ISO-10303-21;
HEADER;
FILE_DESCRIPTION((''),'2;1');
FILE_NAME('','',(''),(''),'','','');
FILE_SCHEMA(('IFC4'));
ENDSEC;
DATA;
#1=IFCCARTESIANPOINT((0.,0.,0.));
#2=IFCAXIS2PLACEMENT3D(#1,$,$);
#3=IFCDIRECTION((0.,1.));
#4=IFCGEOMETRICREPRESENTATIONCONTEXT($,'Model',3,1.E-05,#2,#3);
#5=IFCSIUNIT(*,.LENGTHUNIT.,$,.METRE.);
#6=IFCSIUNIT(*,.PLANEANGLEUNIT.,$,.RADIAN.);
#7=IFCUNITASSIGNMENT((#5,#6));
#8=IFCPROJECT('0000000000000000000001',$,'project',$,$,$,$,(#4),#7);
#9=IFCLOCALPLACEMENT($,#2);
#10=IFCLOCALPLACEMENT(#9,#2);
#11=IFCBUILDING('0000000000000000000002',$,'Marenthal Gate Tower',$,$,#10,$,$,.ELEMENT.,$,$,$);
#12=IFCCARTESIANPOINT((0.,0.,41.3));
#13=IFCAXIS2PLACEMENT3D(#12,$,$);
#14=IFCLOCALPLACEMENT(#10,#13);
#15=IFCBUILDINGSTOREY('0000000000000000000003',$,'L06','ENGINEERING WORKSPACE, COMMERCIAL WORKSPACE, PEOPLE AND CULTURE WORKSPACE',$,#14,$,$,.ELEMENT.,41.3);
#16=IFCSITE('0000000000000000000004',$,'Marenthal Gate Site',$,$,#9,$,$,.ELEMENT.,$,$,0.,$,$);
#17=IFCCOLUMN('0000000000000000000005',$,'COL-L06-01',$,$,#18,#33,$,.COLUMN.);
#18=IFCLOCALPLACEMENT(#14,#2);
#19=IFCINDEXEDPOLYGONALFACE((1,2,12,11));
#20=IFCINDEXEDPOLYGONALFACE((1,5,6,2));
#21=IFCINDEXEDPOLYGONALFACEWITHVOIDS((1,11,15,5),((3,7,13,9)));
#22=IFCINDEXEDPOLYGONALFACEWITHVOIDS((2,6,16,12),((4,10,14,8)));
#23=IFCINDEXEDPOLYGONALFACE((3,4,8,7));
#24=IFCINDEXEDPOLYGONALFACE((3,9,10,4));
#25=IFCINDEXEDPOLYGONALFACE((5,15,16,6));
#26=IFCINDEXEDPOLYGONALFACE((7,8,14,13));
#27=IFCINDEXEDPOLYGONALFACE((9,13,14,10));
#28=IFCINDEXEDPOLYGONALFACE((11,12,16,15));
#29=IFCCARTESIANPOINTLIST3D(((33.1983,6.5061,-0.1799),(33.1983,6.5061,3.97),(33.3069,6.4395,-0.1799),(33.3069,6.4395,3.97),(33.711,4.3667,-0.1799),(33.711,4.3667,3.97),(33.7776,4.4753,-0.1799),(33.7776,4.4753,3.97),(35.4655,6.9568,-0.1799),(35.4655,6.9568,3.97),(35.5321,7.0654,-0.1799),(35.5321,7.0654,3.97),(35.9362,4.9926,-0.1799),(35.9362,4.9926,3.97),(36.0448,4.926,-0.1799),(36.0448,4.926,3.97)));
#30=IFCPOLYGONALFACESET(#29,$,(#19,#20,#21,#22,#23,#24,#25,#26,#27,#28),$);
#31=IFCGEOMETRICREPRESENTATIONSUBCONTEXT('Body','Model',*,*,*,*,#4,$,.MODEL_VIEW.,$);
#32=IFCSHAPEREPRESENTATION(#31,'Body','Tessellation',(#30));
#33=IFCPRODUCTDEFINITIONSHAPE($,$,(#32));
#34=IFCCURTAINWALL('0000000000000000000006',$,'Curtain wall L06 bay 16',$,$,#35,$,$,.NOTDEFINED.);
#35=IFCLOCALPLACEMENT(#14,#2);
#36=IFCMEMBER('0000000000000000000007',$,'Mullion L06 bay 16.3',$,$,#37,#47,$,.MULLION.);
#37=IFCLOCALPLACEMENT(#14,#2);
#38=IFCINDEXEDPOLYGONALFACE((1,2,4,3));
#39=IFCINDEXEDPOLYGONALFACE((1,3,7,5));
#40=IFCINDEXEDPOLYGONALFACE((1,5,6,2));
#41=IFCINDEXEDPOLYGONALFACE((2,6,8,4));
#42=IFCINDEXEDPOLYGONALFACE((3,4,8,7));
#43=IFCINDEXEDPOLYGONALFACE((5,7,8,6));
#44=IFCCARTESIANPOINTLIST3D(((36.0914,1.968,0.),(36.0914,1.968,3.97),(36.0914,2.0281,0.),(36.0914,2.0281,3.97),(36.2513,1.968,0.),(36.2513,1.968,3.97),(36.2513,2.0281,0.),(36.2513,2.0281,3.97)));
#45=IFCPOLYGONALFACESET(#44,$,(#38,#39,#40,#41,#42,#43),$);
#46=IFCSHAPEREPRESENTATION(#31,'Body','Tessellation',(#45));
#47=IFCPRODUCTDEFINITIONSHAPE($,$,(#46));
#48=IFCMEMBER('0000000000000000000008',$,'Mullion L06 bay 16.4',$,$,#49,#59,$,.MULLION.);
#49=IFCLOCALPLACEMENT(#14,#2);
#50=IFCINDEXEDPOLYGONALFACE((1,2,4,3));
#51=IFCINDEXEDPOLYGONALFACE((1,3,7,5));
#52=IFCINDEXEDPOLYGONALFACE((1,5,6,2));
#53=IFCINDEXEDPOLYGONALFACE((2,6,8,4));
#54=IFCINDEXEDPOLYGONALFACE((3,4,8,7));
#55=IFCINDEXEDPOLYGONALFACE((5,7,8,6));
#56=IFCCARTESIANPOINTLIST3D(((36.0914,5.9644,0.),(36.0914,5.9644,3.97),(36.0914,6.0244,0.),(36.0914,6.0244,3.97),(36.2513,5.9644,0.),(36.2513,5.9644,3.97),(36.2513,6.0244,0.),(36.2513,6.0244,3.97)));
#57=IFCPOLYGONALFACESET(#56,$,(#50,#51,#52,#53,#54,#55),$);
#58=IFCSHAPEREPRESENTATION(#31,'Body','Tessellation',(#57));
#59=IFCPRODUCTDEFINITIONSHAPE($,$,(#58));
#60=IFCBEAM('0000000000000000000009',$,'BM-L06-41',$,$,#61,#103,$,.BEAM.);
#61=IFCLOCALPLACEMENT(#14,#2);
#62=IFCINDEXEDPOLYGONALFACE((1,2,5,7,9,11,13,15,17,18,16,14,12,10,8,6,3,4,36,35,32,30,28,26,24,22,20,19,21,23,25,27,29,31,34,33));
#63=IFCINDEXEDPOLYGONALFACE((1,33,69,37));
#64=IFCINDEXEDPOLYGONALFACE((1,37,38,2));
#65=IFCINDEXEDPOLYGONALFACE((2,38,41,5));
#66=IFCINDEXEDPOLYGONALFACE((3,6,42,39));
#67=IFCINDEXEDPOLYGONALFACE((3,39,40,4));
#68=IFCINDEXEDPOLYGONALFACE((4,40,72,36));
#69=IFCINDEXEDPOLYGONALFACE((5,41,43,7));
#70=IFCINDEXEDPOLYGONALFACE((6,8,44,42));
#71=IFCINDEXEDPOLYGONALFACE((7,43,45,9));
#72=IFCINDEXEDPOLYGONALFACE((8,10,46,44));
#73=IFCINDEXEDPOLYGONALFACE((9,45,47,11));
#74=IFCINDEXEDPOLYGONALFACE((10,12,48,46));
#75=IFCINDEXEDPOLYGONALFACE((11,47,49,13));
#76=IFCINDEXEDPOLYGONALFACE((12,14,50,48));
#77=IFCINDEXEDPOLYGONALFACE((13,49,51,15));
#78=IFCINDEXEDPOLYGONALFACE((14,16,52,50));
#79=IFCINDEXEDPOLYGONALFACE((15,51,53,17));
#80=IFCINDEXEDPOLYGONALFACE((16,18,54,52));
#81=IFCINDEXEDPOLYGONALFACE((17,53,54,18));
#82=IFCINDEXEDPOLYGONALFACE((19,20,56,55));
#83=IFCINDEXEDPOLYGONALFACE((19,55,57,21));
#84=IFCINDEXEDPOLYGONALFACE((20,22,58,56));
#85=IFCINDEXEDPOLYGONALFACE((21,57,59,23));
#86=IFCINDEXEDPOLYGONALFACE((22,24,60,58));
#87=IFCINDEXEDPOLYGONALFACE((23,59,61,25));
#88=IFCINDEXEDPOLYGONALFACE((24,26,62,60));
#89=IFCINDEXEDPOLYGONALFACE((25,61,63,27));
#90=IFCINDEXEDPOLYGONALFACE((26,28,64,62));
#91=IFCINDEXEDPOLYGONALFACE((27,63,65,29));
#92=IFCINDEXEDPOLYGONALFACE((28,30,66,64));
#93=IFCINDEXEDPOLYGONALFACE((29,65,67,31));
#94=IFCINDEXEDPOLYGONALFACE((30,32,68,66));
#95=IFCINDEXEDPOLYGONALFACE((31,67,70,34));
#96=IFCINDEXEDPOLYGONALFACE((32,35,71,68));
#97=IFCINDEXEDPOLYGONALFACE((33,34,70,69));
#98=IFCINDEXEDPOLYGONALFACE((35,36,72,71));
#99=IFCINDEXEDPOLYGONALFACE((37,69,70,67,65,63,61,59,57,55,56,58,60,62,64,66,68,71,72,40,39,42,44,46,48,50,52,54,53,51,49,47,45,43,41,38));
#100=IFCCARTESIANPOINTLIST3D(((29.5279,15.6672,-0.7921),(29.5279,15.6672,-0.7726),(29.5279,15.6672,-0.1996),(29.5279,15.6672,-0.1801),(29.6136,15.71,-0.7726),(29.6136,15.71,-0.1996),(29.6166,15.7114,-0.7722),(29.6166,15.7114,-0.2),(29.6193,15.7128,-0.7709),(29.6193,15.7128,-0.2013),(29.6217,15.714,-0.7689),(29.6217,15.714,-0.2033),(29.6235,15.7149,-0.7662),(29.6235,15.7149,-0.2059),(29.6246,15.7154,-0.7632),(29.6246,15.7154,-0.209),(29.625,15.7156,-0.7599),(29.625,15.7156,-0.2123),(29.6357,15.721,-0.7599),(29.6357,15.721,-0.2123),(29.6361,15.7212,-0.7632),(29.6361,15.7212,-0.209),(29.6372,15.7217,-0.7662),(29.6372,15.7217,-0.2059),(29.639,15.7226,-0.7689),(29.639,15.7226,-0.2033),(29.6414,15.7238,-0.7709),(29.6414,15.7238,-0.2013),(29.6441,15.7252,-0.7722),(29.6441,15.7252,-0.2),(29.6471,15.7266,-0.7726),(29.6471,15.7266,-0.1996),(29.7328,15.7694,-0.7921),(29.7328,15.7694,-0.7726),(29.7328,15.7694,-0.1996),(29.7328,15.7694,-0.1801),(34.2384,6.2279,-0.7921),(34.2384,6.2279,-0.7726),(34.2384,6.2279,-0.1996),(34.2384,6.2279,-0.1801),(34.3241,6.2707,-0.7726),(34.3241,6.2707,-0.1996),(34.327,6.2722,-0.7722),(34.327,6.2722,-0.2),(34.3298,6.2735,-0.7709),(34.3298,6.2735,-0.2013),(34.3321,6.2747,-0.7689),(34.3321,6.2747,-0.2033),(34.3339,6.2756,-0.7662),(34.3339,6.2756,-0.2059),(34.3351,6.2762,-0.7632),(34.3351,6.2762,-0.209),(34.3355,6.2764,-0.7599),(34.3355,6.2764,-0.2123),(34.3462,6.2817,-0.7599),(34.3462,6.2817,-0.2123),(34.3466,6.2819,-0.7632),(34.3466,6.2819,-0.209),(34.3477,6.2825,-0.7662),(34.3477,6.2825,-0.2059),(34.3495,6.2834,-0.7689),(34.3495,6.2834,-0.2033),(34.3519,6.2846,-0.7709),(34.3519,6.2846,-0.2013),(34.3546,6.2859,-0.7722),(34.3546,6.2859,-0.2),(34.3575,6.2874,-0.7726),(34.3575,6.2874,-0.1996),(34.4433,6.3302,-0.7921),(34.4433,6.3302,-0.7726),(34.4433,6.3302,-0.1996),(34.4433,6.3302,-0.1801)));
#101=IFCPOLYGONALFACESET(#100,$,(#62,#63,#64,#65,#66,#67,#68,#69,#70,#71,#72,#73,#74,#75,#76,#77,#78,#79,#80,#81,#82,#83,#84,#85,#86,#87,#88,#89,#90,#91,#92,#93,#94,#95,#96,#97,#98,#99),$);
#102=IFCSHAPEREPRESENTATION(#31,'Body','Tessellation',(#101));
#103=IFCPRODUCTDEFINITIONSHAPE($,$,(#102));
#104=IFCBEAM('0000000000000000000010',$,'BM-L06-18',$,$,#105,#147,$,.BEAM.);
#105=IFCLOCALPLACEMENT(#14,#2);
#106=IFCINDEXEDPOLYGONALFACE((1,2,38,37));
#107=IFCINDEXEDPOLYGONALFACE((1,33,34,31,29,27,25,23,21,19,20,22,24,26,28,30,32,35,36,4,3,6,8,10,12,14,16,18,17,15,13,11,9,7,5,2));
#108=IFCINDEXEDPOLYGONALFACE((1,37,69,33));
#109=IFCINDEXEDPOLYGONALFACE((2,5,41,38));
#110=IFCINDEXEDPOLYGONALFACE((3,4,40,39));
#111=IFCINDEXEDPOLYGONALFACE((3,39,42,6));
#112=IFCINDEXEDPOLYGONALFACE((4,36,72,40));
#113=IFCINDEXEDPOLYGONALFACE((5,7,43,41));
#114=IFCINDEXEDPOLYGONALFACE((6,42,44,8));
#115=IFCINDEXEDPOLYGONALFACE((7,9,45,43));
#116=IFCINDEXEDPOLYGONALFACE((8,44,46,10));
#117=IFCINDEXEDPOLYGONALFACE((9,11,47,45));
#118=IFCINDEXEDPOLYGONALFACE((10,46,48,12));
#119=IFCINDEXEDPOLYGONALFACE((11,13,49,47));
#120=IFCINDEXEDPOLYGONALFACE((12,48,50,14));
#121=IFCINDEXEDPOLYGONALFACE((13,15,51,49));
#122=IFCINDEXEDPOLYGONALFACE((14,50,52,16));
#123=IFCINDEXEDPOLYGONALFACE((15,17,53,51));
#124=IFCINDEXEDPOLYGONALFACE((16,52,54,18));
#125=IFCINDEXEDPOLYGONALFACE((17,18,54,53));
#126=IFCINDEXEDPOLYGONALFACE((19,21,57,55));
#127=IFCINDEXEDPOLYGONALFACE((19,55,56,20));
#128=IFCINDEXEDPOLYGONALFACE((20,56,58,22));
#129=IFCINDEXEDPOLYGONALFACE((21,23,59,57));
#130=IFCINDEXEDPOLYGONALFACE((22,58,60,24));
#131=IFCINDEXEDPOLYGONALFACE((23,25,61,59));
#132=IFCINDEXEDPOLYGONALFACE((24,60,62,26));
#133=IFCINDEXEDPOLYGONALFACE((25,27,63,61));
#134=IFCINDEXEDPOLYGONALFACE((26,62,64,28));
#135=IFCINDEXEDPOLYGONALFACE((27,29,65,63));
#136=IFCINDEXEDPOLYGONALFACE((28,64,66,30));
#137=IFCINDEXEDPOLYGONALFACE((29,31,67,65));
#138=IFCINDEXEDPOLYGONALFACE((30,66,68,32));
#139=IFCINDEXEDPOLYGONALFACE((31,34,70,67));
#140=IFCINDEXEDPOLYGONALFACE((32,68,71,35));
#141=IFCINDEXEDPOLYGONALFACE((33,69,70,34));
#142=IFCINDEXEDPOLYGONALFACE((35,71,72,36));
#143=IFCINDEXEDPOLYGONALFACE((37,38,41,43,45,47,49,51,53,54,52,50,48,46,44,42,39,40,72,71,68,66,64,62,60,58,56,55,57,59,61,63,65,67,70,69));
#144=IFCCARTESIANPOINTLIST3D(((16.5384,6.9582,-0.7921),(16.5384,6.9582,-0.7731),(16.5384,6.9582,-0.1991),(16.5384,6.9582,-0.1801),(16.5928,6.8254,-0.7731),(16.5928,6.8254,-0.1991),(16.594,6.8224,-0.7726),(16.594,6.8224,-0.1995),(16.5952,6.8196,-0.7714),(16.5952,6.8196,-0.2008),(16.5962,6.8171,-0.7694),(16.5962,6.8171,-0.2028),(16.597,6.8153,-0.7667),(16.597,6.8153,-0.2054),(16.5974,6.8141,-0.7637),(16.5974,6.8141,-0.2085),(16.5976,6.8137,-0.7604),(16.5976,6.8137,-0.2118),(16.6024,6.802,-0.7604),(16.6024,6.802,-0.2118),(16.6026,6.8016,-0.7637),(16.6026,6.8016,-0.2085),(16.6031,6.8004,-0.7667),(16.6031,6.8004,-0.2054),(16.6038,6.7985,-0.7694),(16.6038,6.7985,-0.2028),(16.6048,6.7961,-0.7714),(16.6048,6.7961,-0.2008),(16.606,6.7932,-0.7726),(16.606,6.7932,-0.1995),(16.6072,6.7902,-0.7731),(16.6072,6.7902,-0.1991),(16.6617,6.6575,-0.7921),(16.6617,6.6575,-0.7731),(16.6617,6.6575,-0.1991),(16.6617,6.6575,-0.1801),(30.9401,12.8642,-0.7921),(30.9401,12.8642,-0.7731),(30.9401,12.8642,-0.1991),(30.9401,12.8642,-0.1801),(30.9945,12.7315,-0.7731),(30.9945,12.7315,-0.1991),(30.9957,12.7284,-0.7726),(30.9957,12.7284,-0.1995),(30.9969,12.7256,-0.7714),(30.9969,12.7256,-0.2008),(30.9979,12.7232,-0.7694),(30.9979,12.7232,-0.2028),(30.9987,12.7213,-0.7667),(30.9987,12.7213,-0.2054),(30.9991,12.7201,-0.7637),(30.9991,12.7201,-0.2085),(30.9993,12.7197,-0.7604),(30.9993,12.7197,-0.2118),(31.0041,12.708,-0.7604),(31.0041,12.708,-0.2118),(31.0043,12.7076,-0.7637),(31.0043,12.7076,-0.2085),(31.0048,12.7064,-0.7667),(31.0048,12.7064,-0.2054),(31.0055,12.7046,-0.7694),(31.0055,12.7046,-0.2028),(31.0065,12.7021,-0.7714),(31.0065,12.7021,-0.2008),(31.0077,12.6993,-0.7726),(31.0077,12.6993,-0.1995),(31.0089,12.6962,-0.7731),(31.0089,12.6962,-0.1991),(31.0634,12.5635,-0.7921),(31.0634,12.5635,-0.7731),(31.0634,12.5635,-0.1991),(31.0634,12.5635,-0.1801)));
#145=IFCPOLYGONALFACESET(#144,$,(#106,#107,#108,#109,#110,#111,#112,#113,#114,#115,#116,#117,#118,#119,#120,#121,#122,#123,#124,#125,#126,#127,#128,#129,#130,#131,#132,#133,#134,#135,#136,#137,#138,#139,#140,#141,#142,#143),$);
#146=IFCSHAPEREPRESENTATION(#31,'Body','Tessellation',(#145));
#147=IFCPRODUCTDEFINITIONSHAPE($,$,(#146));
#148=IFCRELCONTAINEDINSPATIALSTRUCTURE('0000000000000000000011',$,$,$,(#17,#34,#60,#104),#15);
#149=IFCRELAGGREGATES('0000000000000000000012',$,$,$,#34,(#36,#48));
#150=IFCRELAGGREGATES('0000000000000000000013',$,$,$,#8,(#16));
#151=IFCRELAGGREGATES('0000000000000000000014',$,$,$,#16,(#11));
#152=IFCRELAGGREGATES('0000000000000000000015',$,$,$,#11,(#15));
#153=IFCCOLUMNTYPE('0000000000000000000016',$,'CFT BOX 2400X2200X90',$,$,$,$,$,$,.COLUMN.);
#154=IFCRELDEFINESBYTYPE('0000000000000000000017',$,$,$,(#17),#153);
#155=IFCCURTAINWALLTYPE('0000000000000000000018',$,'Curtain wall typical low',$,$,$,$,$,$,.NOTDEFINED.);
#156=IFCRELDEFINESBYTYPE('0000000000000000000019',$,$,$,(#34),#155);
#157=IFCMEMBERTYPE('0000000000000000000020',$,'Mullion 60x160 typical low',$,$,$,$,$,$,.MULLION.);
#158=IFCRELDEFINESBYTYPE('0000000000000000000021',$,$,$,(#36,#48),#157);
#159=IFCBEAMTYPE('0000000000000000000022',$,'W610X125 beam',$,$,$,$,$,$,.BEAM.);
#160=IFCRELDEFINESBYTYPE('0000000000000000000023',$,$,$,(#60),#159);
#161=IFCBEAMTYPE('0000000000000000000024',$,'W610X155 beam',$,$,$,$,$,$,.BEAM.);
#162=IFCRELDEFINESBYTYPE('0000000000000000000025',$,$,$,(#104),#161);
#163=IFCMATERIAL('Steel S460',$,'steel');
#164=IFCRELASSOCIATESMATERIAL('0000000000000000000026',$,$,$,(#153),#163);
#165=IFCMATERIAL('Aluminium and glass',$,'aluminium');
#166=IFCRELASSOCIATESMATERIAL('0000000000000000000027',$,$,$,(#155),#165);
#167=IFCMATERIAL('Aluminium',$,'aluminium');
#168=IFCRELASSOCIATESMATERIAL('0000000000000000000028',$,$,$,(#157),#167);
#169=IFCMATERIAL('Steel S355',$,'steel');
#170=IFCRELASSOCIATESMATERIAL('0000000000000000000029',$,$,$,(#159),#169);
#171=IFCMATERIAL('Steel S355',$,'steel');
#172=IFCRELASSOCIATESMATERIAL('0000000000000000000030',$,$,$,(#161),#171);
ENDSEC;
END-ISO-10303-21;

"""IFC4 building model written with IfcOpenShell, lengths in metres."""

from ifc_helpers import new_model, si_unit, direction, frame, origin, origin_2d, place, context, subcontext, project, spatial, rectangle, hollow_rectangle, i_section, extrude, material, material_profile, profile_set, type_object, element, aggregate, save


model = new_model("IFC4")

# Units and contexts
model_context = context("Model", 3, precision=1e-05, world=origin(), true_north=direction((0.0, 1.0)))
body_context = subcontext(model_context, "Body", "Model", "MODEL_VIEW")
ifc_project = project(units=[si_unit("LENGTHUNIT", "METRE"), si_unit("PLANEANGLEUNIT", "RADIAN")], contexts=[model_context])

# Site, building, storey
site_placement = place(None, origin())
site = spatial("IfcSite", under=ifc_project, at=site_placement, Name="Marenthal Gate Site", CompositionType="ELEMENT", RefElevation=0.0)
building_placement = place(site_placement, origin())
building = spatial("IfcBuilding", under=site, at=building_placement, Name="Marenthal Gate Tower", CompositionType="ELEMENT")
storey_placement = place(building_placement, frame((0.0, 0.0, 41.3)))
storey = spatial("IfcBuildingStorey", under=building, at=storey_placement, Name="L06", Description="ENGINEERING WORKSPACE, COMMERCIAL WORKSPACE, PEOPLE AND CULTURE WORKSPACE", CompositionType="ELEMENT", Elevation=41.3)

# Column
ifc_material_1 = material(Name="Steel S460", Category="steel")
ifc_material_profile_1 = material_profile(ifc_material_1, hollow_rectangle(XDim=2.2, YDim=2.3999, WallThickness=0.0901, at=origin_2d()), Name="CFT BOX 2400X2200X90")
ifc_material_2 = material(Name="Concrete 70 MPa", Category="concrete")
ifc_material_profile_2 = material_profile(ifc_material_2, rectangle(XDim=2.02, YDim=2.22, at=origin_2d()), Name="CFT BOX 2400X2200X90 INFILL")
ifc_profile_set_1 = profile_set([ifc_material_profile_1, ifc_material_profile_2], Name="Steel S460 shell, Concrete 70 MPa infill")
column_type = type_object("IfcColumnType", Name="CFT BOX 2400X2200X90", PredefinedType="COLUMN", material=ifc_profile_set_1)
column_placement = place(storey_placement, frame((34.6216, 5.7161, -0.1799), z_axis=(0.0, 0.0, 1.0), x_axis=(0.233047, -0.972466, 0.0)))
element("IfcColumn", 1, at=column_placement, inside=storey, type_object=column_type, Name="COL-L06-01", PredefinedType="COLUMN", context=body_context, shape_type="SweptSolid", body=[
    extrude(hollow_rectangle(XDim=2.2, YDim=2.3999, WallThickness=0.0901, at=origin_2d()), origin(), (0.0, 0.0, 1.0), 4.1499),
])

# Curtain wall, members
ifc_material_3 = material(Name="Aluminium and glass", Category="aluminium")
curtain_wall_type = type_object("IfcCurtainWallType", Name="Curtain wall typical low", PredefinedType="NOTDEFINED", material=ifc_material_3)
curtain_wall_placement = place(storey_placement, origin())
curtain_wall = element("IfcCurtainWall", 2, at=curtain_wall_placement, inside=storey, type_object=curtain_wall_type, Name="Curtain wall L06 bay 16", PredefinedType="NOTDEFINED")
ifc_material_4 = material(Name="Aluminium", Category="aluminium")
ifc_material_profile_3 = material_profile(ifc_material_4, rectangle(XDim=0.1599, YDim=0.0601, at=origin_2d()), Name="60x160 aluminium mullion")
ifc_profile_set_2 = profile_set([ifc_material_profile_3], Name="Aluminium")
member_type = type_object("IfcMemberType", Name="Mullion 60x160 typical low", PredefinedType="MULLION", material=ifc_profile_set_2)
member_1_placement = place(storey_placement, frame((36.1714, 1.998, 0.0), z_axis=(0.0, 0.0, 1.0), x_axis=(-1.0, 0.0, 0.0)))
member_1 = element("IfcMember", 3, at=member_1_placement, type_object=member_type, Name="Mullion L06 bay 16.3", PredefinedType="MULLION", context=body_context, shape_type="SweptSolid", body=[
    extrude(rectangle(XDim=0.1599, YDim=0.0601, at=origin_2d()), origin(), (0.0, 0.0, 1.0), 3.97),
])
member_2_placement = place(storey_placement, frame((36.1714, 5.9944, 0.0), z_axis=(0.0, 0.0, 1.0), x_axis=(-1.0, 0.0, 0.0)))
member_2 = element("IfcMember", 4, at=member_2_placement, type_object=member_type, Name="Mullion L06 bay 16.4", PredefinedType="MULLION", context=body_context, shape_type="SweptSolid", body=[
    extrude(rectangle(XDim=0.1599, YDim=0.0601, at=origin_2d()), origin(), (0.0, 0.0, 1.0), 3.97),
])

# Beams
ifc_material_5 = material(Name="Steel S355", Category="steel")
ifc_material_profile_4 = material_profile(ifc_material_5, i_section(OverallWidth=0.229, OverallDepth=0.6121, WebThickness=0.012, FlangeThickness=0.0195, FilletRadius=0.0127, at=origin_2d()), Name="W610X125")
ifc_profile_set_3 = profile_set([ifc_material_profile_4], Name="Steel S355")
beam_type_1 = type_object("IfcBeamType", Name="W610X125 beam", PredefinedType="BEAM", material=ifc_profile_set_3)
beam_1_placement = place(storey_placement, frame((34.3408, 6.2791, -0.4861), z_axis=(-0.446519, 0.894774, 0.0), x_axis=(-0.894774, -0.446519, 0.0)))
element("IfcBeam", 5, at=beam_1_placement, inside=storey, type_object=beam_type_1, Name="BM-L06-41", PredefinedType="BEAM", context=body_context, shape_type="SweptSolid", body=[
    extrude(i_section(OverallWidth=0.229, OverallDepth=0.6121, WebThickness=0.012, FlangeThickness=0.0195, FilletRadius=0.0127, at=origin_2d()), origin(), (0.0, 0.0, 1.0), 10.5493),
])
ifc_material_6 = material(Name="Steel S355", Category="steel")
ifc_material_profile_5 = material_profile(ifc_material_6, i_section(OverallWidth=0.325, OverallDepth=0.6121, WebThickness=0.0127, FlangeThickness=0.019, FilletRadius=0.0127, at=origin_2d()), Name="W610X155")
ifc_profile_set_4 = profile_set([ifc_material_profile_5], Name="Steel S355")
beam_type_2 = type_object("IfcBeamType", Name="W610X155 beam", PredefinedType="BEAM", material=ifc_profile_set_4)
beam_2_placement = place(storey_placement, frame((31.0017, 12.7139, -0.4861), z_axis=(-0.925222, -0.379427, 0.0), x_axis=(0.379427, -0.925222, 0.0)))
element("IfcBeam", 6, at=beam_2_placement, inside=storey, type_object=beam_type_2, Name="BM-L06-18", PredefinedType="BEAM", context=body_context, shape_type="SweptSolid", body=[
    extrude(i_section(OverallWidth=0.325, OverallDepth=0.6121, WebThickness=0.0127, FlangeThickness=0.019, FilletRadius=0.0127, at=origin_2d()), origin(), (0.0, 0.0, 1.0), 15.5657),
])

aggregate(curtain_wall, [member_1, member_2])

save(model, "model.ifc")
